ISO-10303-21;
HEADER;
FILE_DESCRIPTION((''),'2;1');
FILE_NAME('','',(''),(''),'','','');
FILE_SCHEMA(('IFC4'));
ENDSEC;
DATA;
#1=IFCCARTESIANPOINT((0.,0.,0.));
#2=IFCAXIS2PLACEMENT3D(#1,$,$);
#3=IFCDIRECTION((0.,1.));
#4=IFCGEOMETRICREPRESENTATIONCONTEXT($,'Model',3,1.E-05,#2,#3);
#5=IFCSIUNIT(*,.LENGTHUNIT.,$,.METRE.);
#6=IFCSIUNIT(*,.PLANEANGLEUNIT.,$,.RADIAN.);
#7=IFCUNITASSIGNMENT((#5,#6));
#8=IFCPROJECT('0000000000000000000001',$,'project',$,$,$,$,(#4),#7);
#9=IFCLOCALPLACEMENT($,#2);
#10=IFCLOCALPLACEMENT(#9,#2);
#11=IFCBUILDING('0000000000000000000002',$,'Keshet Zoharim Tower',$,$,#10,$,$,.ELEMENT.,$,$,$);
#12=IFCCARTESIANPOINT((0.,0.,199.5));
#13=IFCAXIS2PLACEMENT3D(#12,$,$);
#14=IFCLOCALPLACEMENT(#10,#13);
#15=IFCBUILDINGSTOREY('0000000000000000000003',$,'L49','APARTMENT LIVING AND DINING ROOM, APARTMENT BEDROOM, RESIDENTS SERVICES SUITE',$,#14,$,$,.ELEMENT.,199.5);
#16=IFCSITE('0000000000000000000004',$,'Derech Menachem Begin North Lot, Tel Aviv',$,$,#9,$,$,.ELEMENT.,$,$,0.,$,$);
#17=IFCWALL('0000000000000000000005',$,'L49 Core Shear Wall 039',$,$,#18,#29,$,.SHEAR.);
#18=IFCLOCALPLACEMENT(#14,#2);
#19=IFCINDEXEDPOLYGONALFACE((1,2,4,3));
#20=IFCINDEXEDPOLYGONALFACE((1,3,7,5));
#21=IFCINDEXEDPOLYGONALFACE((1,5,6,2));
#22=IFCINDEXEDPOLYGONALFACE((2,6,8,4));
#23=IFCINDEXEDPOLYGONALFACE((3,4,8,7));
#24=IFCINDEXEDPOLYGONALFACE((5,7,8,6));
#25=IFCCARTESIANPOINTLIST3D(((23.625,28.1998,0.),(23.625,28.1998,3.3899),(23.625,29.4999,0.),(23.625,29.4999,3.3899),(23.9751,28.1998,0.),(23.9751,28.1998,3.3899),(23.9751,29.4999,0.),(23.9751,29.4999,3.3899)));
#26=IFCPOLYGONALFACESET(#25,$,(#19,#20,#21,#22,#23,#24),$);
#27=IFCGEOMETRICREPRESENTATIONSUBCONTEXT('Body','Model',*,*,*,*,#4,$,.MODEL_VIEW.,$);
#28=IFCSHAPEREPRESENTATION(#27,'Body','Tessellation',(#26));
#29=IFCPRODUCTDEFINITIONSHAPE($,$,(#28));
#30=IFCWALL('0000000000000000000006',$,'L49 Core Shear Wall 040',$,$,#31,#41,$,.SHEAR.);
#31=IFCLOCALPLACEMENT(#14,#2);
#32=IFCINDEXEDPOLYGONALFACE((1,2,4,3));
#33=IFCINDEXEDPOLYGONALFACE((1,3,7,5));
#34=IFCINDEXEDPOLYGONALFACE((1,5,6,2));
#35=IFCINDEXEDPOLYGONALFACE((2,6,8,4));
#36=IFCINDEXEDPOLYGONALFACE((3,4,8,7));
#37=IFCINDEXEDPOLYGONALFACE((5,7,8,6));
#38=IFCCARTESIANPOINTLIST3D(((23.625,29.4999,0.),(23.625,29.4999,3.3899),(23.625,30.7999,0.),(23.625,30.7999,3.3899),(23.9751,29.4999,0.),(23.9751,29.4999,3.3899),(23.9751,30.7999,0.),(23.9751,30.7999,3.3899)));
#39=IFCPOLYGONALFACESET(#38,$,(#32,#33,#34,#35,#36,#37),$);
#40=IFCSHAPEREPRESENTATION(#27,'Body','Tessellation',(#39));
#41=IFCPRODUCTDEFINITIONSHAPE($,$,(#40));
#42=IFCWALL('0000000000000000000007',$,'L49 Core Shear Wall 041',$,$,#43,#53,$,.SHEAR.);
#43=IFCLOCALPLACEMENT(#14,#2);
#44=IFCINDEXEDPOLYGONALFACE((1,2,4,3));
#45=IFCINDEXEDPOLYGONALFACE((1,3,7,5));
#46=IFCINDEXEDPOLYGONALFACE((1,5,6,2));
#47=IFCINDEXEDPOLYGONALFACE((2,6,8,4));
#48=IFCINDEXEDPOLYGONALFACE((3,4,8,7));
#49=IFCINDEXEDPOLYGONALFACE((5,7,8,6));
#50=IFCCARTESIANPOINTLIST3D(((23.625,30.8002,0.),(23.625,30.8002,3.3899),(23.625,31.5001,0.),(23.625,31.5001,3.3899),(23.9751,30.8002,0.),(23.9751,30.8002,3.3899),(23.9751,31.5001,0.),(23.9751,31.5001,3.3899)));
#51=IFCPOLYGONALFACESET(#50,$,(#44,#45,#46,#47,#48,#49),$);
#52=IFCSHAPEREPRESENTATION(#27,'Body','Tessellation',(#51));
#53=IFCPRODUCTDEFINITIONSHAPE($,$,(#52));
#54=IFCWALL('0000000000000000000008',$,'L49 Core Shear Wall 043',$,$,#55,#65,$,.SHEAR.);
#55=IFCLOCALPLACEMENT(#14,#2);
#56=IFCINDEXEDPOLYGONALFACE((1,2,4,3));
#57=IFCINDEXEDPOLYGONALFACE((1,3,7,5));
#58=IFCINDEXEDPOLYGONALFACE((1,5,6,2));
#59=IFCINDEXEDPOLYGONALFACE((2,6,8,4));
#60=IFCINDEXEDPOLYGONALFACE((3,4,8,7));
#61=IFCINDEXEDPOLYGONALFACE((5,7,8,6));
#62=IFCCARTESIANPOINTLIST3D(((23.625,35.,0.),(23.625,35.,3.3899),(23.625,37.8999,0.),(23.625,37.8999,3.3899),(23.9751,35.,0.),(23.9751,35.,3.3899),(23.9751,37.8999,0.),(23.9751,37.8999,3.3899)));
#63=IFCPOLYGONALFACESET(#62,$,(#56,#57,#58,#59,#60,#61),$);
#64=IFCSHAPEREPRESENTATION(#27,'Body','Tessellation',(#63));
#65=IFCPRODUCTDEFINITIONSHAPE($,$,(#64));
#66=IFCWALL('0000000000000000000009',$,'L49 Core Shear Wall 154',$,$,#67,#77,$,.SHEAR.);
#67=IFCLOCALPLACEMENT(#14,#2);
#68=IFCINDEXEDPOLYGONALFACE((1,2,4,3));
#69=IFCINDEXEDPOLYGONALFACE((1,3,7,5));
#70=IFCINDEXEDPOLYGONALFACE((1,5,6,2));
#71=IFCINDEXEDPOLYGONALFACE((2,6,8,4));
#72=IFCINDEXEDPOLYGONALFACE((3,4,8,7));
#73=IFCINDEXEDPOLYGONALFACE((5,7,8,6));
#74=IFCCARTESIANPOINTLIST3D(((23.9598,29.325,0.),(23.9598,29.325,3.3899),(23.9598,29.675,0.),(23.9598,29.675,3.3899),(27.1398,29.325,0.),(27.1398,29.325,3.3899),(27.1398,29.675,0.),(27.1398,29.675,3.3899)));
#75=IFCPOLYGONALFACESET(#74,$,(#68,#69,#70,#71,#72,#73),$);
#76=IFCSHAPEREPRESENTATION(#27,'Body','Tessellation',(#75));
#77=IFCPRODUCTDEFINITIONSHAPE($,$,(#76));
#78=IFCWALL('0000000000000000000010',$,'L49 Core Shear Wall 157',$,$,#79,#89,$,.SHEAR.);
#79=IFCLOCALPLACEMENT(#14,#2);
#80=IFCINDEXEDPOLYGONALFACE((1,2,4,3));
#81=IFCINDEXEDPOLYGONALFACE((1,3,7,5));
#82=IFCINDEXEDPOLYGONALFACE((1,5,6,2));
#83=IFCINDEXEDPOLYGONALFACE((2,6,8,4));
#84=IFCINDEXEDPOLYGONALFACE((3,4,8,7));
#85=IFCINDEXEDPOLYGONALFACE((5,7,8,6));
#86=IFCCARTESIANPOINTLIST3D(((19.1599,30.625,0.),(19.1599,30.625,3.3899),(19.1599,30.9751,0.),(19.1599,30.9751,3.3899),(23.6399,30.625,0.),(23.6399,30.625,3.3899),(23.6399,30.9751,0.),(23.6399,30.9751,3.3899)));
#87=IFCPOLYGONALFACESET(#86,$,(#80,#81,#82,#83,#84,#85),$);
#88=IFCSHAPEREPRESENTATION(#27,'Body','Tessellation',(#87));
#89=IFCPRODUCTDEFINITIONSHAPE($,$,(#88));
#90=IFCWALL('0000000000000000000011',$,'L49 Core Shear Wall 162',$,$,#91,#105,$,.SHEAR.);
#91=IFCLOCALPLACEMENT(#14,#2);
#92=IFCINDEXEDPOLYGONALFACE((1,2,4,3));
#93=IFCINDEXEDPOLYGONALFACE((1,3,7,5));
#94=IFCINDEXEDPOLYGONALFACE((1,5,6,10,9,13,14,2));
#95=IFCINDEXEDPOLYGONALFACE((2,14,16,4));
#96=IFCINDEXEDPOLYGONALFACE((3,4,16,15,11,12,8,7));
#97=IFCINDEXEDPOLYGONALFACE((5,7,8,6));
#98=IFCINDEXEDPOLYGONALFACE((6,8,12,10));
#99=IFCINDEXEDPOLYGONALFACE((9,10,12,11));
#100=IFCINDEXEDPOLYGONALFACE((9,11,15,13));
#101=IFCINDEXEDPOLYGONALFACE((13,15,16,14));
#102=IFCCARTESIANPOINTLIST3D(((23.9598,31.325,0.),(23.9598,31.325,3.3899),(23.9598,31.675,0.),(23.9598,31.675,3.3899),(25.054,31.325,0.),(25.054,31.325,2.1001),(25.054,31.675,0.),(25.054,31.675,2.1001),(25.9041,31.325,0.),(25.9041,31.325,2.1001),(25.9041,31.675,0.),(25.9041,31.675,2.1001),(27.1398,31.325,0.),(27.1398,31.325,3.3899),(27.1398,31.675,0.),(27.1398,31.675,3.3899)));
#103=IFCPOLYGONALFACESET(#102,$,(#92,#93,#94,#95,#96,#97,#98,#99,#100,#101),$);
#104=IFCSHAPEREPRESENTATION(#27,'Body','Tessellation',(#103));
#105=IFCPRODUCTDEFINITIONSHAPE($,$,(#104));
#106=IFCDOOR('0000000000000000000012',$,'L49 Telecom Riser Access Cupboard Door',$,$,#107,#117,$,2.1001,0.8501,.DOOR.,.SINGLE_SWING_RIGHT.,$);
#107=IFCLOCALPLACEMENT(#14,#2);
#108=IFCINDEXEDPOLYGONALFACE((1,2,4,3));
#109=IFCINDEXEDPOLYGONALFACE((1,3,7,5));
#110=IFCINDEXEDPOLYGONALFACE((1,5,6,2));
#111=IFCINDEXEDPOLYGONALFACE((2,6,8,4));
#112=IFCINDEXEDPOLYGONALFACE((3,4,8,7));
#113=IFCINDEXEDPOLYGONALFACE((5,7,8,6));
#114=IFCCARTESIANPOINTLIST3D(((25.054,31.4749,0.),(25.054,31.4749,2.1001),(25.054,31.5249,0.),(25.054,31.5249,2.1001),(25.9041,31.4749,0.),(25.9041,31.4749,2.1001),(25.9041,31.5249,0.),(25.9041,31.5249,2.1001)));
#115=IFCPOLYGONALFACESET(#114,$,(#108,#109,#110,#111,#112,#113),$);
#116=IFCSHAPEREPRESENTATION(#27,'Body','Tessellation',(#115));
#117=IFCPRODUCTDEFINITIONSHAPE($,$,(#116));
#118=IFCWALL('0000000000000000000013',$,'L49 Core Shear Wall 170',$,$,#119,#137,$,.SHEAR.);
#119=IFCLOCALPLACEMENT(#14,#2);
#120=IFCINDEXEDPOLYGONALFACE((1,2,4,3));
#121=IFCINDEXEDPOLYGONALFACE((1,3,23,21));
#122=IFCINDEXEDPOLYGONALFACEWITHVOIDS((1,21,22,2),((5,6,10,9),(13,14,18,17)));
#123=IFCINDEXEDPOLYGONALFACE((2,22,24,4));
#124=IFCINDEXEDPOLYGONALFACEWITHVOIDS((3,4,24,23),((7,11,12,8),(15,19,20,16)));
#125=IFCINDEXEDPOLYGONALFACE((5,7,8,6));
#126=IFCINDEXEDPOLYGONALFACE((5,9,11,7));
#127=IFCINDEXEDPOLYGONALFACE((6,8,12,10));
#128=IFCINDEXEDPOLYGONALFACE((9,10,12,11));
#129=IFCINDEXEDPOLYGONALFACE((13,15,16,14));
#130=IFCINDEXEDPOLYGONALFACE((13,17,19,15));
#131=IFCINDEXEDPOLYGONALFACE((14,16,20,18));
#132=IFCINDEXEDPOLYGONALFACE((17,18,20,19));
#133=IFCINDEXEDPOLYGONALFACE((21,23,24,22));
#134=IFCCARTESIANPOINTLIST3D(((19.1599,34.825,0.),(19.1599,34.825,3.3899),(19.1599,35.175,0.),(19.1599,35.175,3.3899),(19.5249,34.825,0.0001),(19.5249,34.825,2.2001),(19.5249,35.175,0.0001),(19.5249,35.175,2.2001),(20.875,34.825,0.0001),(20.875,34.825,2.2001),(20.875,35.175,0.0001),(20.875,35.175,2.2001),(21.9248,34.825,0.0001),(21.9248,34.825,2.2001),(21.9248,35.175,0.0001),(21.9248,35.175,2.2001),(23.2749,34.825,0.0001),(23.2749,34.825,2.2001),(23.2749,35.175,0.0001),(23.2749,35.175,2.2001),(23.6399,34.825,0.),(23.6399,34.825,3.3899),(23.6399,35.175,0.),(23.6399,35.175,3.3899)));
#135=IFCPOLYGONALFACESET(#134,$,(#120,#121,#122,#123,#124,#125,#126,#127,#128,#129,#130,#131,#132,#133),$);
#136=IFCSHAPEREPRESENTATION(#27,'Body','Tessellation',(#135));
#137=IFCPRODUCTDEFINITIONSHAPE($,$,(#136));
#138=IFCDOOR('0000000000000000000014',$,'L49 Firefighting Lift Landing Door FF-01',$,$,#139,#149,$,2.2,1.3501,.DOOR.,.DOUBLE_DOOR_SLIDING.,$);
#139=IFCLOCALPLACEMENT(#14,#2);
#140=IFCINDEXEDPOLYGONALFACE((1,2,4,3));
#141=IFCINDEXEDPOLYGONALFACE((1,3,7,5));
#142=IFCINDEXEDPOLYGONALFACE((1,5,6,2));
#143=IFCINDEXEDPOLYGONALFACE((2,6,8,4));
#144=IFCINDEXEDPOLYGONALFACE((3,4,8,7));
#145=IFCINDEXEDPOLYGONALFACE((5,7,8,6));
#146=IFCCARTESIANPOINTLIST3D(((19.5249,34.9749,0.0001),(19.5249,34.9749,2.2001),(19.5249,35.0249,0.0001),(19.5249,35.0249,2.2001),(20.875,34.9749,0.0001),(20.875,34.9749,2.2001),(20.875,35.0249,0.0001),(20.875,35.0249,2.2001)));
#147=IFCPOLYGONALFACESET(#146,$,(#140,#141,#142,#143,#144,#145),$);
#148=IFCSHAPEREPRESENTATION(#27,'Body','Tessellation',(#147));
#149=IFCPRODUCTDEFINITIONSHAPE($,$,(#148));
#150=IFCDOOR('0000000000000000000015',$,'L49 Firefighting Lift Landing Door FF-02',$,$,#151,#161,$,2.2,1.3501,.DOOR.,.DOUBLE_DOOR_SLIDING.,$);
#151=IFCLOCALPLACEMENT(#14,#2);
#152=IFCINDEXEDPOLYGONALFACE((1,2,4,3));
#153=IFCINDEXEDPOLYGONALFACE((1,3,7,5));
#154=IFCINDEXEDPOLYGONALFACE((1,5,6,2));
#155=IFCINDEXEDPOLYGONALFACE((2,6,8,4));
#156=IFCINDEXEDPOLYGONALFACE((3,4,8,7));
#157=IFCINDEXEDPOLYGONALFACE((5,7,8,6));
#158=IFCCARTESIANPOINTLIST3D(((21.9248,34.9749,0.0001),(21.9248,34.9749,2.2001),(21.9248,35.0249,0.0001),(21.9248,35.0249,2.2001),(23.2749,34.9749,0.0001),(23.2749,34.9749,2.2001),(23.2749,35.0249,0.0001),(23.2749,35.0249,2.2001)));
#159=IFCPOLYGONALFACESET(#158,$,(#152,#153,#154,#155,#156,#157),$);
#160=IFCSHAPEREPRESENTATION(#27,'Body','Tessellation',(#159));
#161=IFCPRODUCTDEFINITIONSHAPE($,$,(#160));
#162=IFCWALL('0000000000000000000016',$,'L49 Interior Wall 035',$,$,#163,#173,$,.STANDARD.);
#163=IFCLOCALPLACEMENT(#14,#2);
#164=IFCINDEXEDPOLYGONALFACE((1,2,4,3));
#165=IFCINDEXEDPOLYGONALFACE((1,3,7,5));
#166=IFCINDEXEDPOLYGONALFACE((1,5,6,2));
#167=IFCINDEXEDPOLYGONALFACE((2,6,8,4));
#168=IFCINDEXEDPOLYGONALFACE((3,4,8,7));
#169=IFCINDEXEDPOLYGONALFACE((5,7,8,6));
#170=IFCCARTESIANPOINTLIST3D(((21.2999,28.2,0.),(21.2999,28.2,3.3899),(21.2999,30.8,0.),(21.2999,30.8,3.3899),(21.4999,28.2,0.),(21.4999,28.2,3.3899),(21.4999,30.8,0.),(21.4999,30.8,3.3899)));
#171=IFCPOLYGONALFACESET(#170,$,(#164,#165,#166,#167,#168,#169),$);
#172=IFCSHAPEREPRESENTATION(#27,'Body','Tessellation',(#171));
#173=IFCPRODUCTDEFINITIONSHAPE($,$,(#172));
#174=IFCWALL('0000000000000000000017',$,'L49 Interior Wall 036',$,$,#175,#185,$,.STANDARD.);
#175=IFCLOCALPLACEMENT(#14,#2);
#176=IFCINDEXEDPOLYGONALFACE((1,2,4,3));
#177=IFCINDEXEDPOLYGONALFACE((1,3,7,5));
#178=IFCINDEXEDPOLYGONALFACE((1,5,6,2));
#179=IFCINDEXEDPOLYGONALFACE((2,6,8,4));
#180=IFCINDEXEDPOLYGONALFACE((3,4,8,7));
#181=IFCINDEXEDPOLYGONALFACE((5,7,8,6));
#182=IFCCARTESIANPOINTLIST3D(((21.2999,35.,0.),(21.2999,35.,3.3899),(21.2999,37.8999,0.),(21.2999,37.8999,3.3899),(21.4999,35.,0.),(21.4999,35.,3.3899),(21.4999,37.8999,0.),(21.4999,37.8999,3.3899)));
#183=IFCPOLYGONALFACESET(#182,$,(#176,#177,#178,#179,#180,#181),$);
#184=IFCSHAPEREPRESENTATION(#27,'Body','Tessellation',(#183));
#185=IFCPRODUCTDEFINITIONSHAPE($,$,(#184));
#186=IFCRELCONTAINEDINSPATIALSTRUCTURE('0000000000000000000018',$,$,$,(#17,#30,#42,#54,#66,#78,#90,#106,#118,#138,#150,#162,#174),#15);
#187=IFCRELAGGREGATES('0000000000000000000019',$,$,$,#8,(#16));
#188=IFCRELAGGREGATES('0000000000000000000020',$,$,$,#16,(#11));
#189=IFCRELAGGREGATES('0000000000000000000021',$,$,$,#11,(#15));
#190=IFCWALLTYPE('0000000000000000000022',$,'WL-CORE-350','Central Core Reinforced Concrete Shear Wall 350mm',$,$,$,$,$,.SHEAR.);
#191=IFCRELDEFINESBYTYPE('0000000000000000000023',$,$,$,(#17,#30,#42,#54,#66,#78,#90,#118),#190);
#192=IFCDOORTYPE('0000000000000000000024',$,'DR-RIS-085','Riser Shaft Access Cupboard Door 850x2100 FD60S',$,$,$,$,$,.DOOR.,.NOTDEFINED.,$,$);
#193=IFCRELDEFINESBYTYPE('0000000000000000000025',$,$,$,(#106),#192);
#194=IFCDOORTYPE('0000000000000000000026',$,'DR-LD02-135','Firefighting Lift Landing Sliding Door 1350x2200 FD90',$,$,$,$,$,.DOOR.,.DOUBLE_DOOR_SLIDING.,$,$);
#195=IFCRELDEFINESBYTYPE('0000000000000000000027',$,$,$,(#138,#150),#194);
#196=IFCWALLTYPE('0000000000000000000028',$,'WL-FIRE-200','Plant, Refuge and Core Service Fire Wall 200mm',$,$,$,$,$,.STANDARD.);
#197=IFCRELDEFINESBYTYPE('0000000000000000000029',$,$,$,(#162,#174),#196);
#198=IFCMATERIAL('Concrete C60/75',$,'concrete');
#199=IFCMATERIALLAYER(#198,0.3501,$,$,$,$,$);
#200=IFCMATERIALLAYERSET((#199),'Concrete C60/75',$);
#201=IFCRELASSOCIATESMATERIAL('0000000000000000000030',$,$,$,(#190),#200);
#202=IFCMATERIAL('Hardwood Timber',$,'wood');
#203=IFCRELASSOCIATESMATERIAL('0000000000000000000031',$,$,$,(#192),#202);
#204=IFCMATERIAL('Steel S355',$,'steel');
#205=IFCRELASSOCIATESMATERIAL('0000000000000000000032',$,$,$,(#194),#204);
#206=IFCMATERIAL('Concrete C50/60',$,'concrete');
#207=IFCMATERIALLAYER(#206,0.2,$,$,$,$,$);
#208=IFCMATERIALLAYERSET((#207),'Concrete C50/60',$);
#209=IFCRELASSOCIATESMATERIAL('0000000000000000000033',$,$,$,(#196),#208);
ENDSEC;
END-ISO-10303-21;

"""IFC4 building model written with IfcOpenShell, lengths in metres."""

from ifc_helpers import new_model, si_unit, direction, frame, frame_2d, origin, place, context, subcontext, project, spatial, rectangle, extrude, material, layer, layer_set, type_object, element, fill, save


model = new_model("IFC4")

# Units and contexts
model_context = context("Model", 3, precision=1e-05, world=origin(), true_north=direction((0.0, 1.0)))
body_context = subcontext(model_context, "Body", "Model", "MODEL_VIEW")
ifc_project = project(units=[si_unit("LENGTHUNIT", "METRE"), si_unit("PLANEANGLEUNIT", "RADIAN")], contexts=[model_context])

# Site, building, storey
site_placement = place(None, origin())
site = spatial("IfcSite", under=ifc_project, at=site_placement, Name="Derech Menachem Begin North Lot, Tel Aviv", CompositionType="ELEMENT", RefElevation=0.0)
building_placement = place(site_placement, origin())
building = spatial("IfcBuilding", under=site, at=building_placement, Name="Keshet Zoharim Tower", CompositionType="ELEMENT")
storey_placement = place(building_placement, frame((0.0, 0.0, 199.5)))
storey = spatial("IfcBuildingStorey", under=building, at=storey_placement, Name="L49", Description="APARTMENT LIVING AND DINING ROOM, APARTMENT BEDROOM, RESIDENTS SERVICES SUITE", CompositionType="ELEMENT", Elevation=199.5)

# Walls
ifc_material_1 = material(Name="Concrete C60/75", Category="concrete")
ifc_layer_1 = layer(ifc_material_1, 0.3501)
ifc_layer_set_1 = layer_set([ifc_layer_1], Name="Concrete C60/75")
wall_type_1 = type_object("IfcWallType", Name="WL-CORE-350", Description="Central Core Reinforced Concrete Shear Wall 350mm", PredefinedType="SHEAR", material=ifc_layer_set_1)
for number, where, z_axis, x_axis, name in (
    (1, (23.8, 28.2, 0.0), (0.0, 0.0, 1.0), (0.0, 1.0, 0.0), "L49 Core Shear Wall 039"),
    (2, (23.8, 29.5, 0.0), (0.0, 0.0, 1.0), (0.0, 1.0, 0.0), "L49 Core Shear Wall 040"),
):
    element("IfcWall", number, at=place(storey_placement, frame(where, z_axis=z_axis, x_axis=x_axis)), inside=storey, type_object=wall_type_1, Name=name, PredefinedType="SHEAR", context=body_context, shape_type="SweptSolid", body=[
        extrude(rectangle(XDim=1.3, YDim=0.3501, at=frame_2d((0.6499, 0.0))), origin(), (0.0, 0.0, 1.0), 3.3899),
    ])
wall_1_placement = place(storey_placement, frame((23.8, 30.8, 0.0), z_axis=(0.0, 0.0, 1.0), x_axis=(0.0, 1.0, 0.0)))
element("IfcWall", 3, at=wall_1_placement, inside=storey, type_object=wall_type_1, Name="L49 Core Shear Wall 041", PredefinedType="SHEAR", context=body_context, shape_type="SweptSolid", body=[
    extrude(rectangle(XDim=0.7, YDim=0.3501, at=frame_2d((0.3501, 0.0))), origin(), (0.0, 0.0, 1.0), 3.3899),
])

# Shared definitions
ifc_material_2 = material(Name="Hardwood Timber", Category="wood")

# Walls
wall_2_placement = place(storey_placement, frame((23.8, 35.0, 0.0), z_axis=(0.0, 0.0, 1.0), x_axis=(0.0, 1.0, 0.0)))
element("IfcWall", 4, at=wall_2_placement, inside=storey, type_object=wall_type_1, Name="L49 Core Shear Wall 043", PredefinedType="SHEAR", context=body_context, shape_type="SweptSolid", body=[
    extrude(rectangle(XDim=2.8999, YDim=0.3501, at=frame_2d((1.45, 0.0))), origin(), (0.0, 0.0, 1.0), 3.3899),
])
wall_3_placement = place(storey_placement, frame((23.96, 29.5, 0.0), z_axis=(0.0, 0.0, 1.0), x_axis=(1.0, 0.0, 0.0)))
element("IfcWall", 5, at=wall_3_placement, inside=storey, type_object=wall_type_1, Name="L49 Core Shear Wall 154", PredefinedType="SHEAR", context=body_context, shape_type="SweptSolid", body=[
    extrude(rectangle(XDim=3.1799, YDim=0.3501, at=frame_2d((1.5898, 0.0))), origin(), (0.0, 0.0, 1.0), 3.3899),
])
wall_4_placement = place(storey_placement, frame((19.1599, 30.8, 0.0), z_axis=(0.0, 0.0, 1.0), x_axis=(1.0, 0.0, 0.0)))
element("IfcWall", 6, at=wall_4_placement, inside=storey, type_object=wall_type_1, Name="L49 Core Shear Wall 157", PredefinedType="SHEAR", context=body_context, shape_type="SweptSolid", body=[
    extrude(rectangle(XDim=4.48, YDim=0.3501, at=frame_2d((2.24, 0.0))), origin(), (0.0, 0.0, 1.0), 3.3899),
])

# Wall, opening, door
wall_5_placement = place(storey_placement, frame((23.96, 31.5, 0.0), z_axis=(0.0, 0.0, 1.0), x_axis=(1.0, 0.0, 0.0)))
wall_5 = element("IfcWall", 7, at=wall_5_placement, inside=storey, type_object=wall_type_1, Name="L49 Core Shear Wall 162", PredefinedType="SHEAR", context=body_context, shape_type="SweptSolid", body=[
    extrude(rectangle(XDim=3.1799, YDim=0.3501, at=frame_2d((1.5898, 0.0))), origin(), (0.0, 0.0, 1.0), 3.3899),
])
opening_1_placement = place(wall_5_placement, frame((1.094, 0.0, 0.0)))
opening_1 = element("IfcOpeningElement", 8, at=opening_1_placement, cuts=wall_5, PredefinedType="OPENING", context=body_context, shape_type="SweptSolid", body=[
    extrude(rectangle(XDim=0.8501, YDim=2.1001, at=frame_2d((0.425, 1.05))), frame((0.0, 0.1851, 0.0), z_axis=(0.0, -1.0, 0.0), x_axis=(1.0, 0.0, 0.0)), (0.0, 0.0, 1.0), 0.3701),
])
door_type_1 = type_object("IfcDoorType", Name="DR-RIS-085", Description="Riser Shaft Access Cupboard Door 850x2100 FD60S", OperationType="NOTDEFINED", PredefinedType="DOOR", material=ifc_material_2)
door_1_placement = place(opening_1_placement, origin())
door_1 = element("IfcDoor", 9, at=door_1_placement, inside=storey, type_object=door_type_1, Name="L49 Telecom Riser Access Cupboard Door", OperationType="SINGLE_SWING_RIGHT", OverallHeight=2.1001, OverallWidth=0.8501, PredefinedType="DOOR", context=body_context, shape_type="SweptSolid", body=[
    extrude(rectangle(XDim=0.8501, YDim=2.1001, at=frame_2d((0.425, 1.05))), frame((0.0, 0.0249, 0.0), z_axis=(0.0, -1.0, 0.0), x_axis=(1.0, 0.0, 0.0)), (0.0, 0.0, 1.0), 0.05),
])
fill(opening_1, door_1)

# Wall, openings, doors
wall_6_placement = place(storey_placement, frame((19.1599, 35.0, 0.0), z_axis=(0.0, 0.0, 1.0), x_axis=(1.0, 0.0, 0.0)))
wall_6 = element("IfcWall", 10, at=wall_6_placement, inside=storey, type_object=wall_type_1, Name="L49 Core Shear Wall 170", PredefinedType="SHEAR", context=body_context, shape_type="SweptSolid", body=[
    extrude(rectangle(XDim=4.48, YDim=0.3501, at=frame_2d((2.24, 0.0))), origin(), (0.0, 0.0, 1.0), 3.3899),
])
opening_2_placement = place(wall_6_placement, frame((0.365, 0.0, 0.0)))
opening_2 = element("IfcOpeningElement", 11, at=opening_2_placement, cuts=wall_6, PredefinedType="OPENING", context=body_context, shape_type="SweptSolid", body=[
    extrude(rectangle(XDim=1.3501, YDim=2.2, at=frame_2d((0.675, 1.1001))), frame((0.0, 0.1851, 0.0), z_axis=(0.0, -1.0, 0.0), x_axis=(1.0, 0.0, 0.0)), (0.0, 0.0, 1.0), 0.3701),
])
opening_3_placement = place(wall_6_placement, frame((2.7649, 0.0, 0.0)))
opening_3 = element("IfcOpeningElement", 12, at=opening_3_placement, cuts=wall_6, PredefinedType="OPENING", context=body_context, shape_type="SweptSolid", body=[
    extrude(rectangle(XDim=1.3501, YDim=2.2, at=frame_2d((0.675, 1.1001))), frame((0.0, 0.1851, 0.0), z_axis=(0.0, -1.0, 0.0), x_axis=(1.0, 0.0, 0.0)), (0.0, 0.0, 1.0), 0.3701),
])
ifc_material_3 = material(Name="Steel S355", Category="steel")
door_type_2 = type_object("IfcDoorType", Name="DR-LD02-135", Description="Firefighting Lift Landing Sliding Door 1350x2200 FD90", OperationType="DOUBLE_DOOR_SLIDING", PredefinedType="DOOR", material=ifc_material_3)
door_2_placement = place(opening_2_placement, origin())
door_2 = element("IfcDoor", 13, at=door_2_placement, inside=storey, type_object=door_type_2, Name="L49 Firefighting Lift Landing Door FF-01", OperationType="DOUBLE_DOOR_SLIDING", OverallHeight=2.2, OverallWidth=1.3501, PredefinedType="DOOR", context=body_context, shape_type="SweptSolid", body=[
    extrude(rectangle(XDim=1.3501, YDim=2.2, at=frame_2d((0.675, 1.1001))), frame((0.0, 0.0249, 0.0), z_axis=(0.0, -1.0, 0.0), x_axis=(1.0, 0.0, 0.0)), (0.0, 0.0, 1.0), 0.05),
])
fill(opening_2, door_2)
door_3_placement = place(opening_3_placement, origin())
door_3 = element("IfcDoor", 14, at=door_3_placement, inside=storey, type_object=door_type_2, Name="L49 Firefighting Lift Landing Door FF-02", OperationType="DOUBLE_DOOR_SLIDING", OverallHeight=2.2, OverallWidth=1.3501, PredefinedType="DOOR", context=body_context, shape_type="SweptSolid", body=[
    extrude(rectangle(XDim=1.3501, YDim=2.2, at=frame_2d((0.675, 1.1001))), frame((0.0, 0.0249, 0.0), z_axis=(0.0, -1.0, 0.0), x_axis=(1.0, 0.0, 0.0)), (0.0, 0.0, 1.0), 0.05),
])
fill(opening_3, door_3)

# Walls
ifc_material_4 = material(Name="Concrete C50/60", Category="concrete")
ifc_layer_2 = layer(ifc_material_4, 0.2)
ifc_layer_set_2 = layer_set([ifc_layer_2], Name="Concrete C50/60")
wall_type_2 = type_object("IfcWallType", Name="WL-FIRE-200", Description="Plant, Refuge and Core Service Fire Wall 200mm", PredefinedType="STANDARD", material=ifc_layer_set_2)
wall_7_placement = place(storey_placement, frame((21.3999, 28.2, 0.0), z_axis=(0.0, 0.0, 1.0), x_axis=(0.0, 1.0, 0.0)))
element("IfcWall", 15, at=wall_7_placement, inside=storey, type_object=wall_type_2, Name="L49 Interior Wall 035", PredefinedType="STANDARD", context=body_context, shape_type="SweptSolid", body=[
    extrude(rectangle(XDim=2.6001, YDim=0.2, at=frame_2d((1.3, 0.0))), origin(), (0.0, 0.0, 1.0), 3.3899),
])
wall_8_placement = place(storey_placement, frame((21.3999, 35.0, 0.0), z_axis=(0.0, 0.0, 1.0), x_axis=(0.0, 1.0, 0.0)))
element("IfcWall", 16, at=wall_8_placement, inside=storey, type_object=wall_type_2, Name="L49 Interior Wall 036", PredefinedType="STANDARD", context=body_context, shape_type="SweptSolid", body=[
    extrude(rectangle(XDim=2.8999, YDim=0.2, at=frame_2d((1.45, 0.0))), origin(), (0.0, 0.0, 1.0), 3.3899),
])

save(model, "model.ifc")
